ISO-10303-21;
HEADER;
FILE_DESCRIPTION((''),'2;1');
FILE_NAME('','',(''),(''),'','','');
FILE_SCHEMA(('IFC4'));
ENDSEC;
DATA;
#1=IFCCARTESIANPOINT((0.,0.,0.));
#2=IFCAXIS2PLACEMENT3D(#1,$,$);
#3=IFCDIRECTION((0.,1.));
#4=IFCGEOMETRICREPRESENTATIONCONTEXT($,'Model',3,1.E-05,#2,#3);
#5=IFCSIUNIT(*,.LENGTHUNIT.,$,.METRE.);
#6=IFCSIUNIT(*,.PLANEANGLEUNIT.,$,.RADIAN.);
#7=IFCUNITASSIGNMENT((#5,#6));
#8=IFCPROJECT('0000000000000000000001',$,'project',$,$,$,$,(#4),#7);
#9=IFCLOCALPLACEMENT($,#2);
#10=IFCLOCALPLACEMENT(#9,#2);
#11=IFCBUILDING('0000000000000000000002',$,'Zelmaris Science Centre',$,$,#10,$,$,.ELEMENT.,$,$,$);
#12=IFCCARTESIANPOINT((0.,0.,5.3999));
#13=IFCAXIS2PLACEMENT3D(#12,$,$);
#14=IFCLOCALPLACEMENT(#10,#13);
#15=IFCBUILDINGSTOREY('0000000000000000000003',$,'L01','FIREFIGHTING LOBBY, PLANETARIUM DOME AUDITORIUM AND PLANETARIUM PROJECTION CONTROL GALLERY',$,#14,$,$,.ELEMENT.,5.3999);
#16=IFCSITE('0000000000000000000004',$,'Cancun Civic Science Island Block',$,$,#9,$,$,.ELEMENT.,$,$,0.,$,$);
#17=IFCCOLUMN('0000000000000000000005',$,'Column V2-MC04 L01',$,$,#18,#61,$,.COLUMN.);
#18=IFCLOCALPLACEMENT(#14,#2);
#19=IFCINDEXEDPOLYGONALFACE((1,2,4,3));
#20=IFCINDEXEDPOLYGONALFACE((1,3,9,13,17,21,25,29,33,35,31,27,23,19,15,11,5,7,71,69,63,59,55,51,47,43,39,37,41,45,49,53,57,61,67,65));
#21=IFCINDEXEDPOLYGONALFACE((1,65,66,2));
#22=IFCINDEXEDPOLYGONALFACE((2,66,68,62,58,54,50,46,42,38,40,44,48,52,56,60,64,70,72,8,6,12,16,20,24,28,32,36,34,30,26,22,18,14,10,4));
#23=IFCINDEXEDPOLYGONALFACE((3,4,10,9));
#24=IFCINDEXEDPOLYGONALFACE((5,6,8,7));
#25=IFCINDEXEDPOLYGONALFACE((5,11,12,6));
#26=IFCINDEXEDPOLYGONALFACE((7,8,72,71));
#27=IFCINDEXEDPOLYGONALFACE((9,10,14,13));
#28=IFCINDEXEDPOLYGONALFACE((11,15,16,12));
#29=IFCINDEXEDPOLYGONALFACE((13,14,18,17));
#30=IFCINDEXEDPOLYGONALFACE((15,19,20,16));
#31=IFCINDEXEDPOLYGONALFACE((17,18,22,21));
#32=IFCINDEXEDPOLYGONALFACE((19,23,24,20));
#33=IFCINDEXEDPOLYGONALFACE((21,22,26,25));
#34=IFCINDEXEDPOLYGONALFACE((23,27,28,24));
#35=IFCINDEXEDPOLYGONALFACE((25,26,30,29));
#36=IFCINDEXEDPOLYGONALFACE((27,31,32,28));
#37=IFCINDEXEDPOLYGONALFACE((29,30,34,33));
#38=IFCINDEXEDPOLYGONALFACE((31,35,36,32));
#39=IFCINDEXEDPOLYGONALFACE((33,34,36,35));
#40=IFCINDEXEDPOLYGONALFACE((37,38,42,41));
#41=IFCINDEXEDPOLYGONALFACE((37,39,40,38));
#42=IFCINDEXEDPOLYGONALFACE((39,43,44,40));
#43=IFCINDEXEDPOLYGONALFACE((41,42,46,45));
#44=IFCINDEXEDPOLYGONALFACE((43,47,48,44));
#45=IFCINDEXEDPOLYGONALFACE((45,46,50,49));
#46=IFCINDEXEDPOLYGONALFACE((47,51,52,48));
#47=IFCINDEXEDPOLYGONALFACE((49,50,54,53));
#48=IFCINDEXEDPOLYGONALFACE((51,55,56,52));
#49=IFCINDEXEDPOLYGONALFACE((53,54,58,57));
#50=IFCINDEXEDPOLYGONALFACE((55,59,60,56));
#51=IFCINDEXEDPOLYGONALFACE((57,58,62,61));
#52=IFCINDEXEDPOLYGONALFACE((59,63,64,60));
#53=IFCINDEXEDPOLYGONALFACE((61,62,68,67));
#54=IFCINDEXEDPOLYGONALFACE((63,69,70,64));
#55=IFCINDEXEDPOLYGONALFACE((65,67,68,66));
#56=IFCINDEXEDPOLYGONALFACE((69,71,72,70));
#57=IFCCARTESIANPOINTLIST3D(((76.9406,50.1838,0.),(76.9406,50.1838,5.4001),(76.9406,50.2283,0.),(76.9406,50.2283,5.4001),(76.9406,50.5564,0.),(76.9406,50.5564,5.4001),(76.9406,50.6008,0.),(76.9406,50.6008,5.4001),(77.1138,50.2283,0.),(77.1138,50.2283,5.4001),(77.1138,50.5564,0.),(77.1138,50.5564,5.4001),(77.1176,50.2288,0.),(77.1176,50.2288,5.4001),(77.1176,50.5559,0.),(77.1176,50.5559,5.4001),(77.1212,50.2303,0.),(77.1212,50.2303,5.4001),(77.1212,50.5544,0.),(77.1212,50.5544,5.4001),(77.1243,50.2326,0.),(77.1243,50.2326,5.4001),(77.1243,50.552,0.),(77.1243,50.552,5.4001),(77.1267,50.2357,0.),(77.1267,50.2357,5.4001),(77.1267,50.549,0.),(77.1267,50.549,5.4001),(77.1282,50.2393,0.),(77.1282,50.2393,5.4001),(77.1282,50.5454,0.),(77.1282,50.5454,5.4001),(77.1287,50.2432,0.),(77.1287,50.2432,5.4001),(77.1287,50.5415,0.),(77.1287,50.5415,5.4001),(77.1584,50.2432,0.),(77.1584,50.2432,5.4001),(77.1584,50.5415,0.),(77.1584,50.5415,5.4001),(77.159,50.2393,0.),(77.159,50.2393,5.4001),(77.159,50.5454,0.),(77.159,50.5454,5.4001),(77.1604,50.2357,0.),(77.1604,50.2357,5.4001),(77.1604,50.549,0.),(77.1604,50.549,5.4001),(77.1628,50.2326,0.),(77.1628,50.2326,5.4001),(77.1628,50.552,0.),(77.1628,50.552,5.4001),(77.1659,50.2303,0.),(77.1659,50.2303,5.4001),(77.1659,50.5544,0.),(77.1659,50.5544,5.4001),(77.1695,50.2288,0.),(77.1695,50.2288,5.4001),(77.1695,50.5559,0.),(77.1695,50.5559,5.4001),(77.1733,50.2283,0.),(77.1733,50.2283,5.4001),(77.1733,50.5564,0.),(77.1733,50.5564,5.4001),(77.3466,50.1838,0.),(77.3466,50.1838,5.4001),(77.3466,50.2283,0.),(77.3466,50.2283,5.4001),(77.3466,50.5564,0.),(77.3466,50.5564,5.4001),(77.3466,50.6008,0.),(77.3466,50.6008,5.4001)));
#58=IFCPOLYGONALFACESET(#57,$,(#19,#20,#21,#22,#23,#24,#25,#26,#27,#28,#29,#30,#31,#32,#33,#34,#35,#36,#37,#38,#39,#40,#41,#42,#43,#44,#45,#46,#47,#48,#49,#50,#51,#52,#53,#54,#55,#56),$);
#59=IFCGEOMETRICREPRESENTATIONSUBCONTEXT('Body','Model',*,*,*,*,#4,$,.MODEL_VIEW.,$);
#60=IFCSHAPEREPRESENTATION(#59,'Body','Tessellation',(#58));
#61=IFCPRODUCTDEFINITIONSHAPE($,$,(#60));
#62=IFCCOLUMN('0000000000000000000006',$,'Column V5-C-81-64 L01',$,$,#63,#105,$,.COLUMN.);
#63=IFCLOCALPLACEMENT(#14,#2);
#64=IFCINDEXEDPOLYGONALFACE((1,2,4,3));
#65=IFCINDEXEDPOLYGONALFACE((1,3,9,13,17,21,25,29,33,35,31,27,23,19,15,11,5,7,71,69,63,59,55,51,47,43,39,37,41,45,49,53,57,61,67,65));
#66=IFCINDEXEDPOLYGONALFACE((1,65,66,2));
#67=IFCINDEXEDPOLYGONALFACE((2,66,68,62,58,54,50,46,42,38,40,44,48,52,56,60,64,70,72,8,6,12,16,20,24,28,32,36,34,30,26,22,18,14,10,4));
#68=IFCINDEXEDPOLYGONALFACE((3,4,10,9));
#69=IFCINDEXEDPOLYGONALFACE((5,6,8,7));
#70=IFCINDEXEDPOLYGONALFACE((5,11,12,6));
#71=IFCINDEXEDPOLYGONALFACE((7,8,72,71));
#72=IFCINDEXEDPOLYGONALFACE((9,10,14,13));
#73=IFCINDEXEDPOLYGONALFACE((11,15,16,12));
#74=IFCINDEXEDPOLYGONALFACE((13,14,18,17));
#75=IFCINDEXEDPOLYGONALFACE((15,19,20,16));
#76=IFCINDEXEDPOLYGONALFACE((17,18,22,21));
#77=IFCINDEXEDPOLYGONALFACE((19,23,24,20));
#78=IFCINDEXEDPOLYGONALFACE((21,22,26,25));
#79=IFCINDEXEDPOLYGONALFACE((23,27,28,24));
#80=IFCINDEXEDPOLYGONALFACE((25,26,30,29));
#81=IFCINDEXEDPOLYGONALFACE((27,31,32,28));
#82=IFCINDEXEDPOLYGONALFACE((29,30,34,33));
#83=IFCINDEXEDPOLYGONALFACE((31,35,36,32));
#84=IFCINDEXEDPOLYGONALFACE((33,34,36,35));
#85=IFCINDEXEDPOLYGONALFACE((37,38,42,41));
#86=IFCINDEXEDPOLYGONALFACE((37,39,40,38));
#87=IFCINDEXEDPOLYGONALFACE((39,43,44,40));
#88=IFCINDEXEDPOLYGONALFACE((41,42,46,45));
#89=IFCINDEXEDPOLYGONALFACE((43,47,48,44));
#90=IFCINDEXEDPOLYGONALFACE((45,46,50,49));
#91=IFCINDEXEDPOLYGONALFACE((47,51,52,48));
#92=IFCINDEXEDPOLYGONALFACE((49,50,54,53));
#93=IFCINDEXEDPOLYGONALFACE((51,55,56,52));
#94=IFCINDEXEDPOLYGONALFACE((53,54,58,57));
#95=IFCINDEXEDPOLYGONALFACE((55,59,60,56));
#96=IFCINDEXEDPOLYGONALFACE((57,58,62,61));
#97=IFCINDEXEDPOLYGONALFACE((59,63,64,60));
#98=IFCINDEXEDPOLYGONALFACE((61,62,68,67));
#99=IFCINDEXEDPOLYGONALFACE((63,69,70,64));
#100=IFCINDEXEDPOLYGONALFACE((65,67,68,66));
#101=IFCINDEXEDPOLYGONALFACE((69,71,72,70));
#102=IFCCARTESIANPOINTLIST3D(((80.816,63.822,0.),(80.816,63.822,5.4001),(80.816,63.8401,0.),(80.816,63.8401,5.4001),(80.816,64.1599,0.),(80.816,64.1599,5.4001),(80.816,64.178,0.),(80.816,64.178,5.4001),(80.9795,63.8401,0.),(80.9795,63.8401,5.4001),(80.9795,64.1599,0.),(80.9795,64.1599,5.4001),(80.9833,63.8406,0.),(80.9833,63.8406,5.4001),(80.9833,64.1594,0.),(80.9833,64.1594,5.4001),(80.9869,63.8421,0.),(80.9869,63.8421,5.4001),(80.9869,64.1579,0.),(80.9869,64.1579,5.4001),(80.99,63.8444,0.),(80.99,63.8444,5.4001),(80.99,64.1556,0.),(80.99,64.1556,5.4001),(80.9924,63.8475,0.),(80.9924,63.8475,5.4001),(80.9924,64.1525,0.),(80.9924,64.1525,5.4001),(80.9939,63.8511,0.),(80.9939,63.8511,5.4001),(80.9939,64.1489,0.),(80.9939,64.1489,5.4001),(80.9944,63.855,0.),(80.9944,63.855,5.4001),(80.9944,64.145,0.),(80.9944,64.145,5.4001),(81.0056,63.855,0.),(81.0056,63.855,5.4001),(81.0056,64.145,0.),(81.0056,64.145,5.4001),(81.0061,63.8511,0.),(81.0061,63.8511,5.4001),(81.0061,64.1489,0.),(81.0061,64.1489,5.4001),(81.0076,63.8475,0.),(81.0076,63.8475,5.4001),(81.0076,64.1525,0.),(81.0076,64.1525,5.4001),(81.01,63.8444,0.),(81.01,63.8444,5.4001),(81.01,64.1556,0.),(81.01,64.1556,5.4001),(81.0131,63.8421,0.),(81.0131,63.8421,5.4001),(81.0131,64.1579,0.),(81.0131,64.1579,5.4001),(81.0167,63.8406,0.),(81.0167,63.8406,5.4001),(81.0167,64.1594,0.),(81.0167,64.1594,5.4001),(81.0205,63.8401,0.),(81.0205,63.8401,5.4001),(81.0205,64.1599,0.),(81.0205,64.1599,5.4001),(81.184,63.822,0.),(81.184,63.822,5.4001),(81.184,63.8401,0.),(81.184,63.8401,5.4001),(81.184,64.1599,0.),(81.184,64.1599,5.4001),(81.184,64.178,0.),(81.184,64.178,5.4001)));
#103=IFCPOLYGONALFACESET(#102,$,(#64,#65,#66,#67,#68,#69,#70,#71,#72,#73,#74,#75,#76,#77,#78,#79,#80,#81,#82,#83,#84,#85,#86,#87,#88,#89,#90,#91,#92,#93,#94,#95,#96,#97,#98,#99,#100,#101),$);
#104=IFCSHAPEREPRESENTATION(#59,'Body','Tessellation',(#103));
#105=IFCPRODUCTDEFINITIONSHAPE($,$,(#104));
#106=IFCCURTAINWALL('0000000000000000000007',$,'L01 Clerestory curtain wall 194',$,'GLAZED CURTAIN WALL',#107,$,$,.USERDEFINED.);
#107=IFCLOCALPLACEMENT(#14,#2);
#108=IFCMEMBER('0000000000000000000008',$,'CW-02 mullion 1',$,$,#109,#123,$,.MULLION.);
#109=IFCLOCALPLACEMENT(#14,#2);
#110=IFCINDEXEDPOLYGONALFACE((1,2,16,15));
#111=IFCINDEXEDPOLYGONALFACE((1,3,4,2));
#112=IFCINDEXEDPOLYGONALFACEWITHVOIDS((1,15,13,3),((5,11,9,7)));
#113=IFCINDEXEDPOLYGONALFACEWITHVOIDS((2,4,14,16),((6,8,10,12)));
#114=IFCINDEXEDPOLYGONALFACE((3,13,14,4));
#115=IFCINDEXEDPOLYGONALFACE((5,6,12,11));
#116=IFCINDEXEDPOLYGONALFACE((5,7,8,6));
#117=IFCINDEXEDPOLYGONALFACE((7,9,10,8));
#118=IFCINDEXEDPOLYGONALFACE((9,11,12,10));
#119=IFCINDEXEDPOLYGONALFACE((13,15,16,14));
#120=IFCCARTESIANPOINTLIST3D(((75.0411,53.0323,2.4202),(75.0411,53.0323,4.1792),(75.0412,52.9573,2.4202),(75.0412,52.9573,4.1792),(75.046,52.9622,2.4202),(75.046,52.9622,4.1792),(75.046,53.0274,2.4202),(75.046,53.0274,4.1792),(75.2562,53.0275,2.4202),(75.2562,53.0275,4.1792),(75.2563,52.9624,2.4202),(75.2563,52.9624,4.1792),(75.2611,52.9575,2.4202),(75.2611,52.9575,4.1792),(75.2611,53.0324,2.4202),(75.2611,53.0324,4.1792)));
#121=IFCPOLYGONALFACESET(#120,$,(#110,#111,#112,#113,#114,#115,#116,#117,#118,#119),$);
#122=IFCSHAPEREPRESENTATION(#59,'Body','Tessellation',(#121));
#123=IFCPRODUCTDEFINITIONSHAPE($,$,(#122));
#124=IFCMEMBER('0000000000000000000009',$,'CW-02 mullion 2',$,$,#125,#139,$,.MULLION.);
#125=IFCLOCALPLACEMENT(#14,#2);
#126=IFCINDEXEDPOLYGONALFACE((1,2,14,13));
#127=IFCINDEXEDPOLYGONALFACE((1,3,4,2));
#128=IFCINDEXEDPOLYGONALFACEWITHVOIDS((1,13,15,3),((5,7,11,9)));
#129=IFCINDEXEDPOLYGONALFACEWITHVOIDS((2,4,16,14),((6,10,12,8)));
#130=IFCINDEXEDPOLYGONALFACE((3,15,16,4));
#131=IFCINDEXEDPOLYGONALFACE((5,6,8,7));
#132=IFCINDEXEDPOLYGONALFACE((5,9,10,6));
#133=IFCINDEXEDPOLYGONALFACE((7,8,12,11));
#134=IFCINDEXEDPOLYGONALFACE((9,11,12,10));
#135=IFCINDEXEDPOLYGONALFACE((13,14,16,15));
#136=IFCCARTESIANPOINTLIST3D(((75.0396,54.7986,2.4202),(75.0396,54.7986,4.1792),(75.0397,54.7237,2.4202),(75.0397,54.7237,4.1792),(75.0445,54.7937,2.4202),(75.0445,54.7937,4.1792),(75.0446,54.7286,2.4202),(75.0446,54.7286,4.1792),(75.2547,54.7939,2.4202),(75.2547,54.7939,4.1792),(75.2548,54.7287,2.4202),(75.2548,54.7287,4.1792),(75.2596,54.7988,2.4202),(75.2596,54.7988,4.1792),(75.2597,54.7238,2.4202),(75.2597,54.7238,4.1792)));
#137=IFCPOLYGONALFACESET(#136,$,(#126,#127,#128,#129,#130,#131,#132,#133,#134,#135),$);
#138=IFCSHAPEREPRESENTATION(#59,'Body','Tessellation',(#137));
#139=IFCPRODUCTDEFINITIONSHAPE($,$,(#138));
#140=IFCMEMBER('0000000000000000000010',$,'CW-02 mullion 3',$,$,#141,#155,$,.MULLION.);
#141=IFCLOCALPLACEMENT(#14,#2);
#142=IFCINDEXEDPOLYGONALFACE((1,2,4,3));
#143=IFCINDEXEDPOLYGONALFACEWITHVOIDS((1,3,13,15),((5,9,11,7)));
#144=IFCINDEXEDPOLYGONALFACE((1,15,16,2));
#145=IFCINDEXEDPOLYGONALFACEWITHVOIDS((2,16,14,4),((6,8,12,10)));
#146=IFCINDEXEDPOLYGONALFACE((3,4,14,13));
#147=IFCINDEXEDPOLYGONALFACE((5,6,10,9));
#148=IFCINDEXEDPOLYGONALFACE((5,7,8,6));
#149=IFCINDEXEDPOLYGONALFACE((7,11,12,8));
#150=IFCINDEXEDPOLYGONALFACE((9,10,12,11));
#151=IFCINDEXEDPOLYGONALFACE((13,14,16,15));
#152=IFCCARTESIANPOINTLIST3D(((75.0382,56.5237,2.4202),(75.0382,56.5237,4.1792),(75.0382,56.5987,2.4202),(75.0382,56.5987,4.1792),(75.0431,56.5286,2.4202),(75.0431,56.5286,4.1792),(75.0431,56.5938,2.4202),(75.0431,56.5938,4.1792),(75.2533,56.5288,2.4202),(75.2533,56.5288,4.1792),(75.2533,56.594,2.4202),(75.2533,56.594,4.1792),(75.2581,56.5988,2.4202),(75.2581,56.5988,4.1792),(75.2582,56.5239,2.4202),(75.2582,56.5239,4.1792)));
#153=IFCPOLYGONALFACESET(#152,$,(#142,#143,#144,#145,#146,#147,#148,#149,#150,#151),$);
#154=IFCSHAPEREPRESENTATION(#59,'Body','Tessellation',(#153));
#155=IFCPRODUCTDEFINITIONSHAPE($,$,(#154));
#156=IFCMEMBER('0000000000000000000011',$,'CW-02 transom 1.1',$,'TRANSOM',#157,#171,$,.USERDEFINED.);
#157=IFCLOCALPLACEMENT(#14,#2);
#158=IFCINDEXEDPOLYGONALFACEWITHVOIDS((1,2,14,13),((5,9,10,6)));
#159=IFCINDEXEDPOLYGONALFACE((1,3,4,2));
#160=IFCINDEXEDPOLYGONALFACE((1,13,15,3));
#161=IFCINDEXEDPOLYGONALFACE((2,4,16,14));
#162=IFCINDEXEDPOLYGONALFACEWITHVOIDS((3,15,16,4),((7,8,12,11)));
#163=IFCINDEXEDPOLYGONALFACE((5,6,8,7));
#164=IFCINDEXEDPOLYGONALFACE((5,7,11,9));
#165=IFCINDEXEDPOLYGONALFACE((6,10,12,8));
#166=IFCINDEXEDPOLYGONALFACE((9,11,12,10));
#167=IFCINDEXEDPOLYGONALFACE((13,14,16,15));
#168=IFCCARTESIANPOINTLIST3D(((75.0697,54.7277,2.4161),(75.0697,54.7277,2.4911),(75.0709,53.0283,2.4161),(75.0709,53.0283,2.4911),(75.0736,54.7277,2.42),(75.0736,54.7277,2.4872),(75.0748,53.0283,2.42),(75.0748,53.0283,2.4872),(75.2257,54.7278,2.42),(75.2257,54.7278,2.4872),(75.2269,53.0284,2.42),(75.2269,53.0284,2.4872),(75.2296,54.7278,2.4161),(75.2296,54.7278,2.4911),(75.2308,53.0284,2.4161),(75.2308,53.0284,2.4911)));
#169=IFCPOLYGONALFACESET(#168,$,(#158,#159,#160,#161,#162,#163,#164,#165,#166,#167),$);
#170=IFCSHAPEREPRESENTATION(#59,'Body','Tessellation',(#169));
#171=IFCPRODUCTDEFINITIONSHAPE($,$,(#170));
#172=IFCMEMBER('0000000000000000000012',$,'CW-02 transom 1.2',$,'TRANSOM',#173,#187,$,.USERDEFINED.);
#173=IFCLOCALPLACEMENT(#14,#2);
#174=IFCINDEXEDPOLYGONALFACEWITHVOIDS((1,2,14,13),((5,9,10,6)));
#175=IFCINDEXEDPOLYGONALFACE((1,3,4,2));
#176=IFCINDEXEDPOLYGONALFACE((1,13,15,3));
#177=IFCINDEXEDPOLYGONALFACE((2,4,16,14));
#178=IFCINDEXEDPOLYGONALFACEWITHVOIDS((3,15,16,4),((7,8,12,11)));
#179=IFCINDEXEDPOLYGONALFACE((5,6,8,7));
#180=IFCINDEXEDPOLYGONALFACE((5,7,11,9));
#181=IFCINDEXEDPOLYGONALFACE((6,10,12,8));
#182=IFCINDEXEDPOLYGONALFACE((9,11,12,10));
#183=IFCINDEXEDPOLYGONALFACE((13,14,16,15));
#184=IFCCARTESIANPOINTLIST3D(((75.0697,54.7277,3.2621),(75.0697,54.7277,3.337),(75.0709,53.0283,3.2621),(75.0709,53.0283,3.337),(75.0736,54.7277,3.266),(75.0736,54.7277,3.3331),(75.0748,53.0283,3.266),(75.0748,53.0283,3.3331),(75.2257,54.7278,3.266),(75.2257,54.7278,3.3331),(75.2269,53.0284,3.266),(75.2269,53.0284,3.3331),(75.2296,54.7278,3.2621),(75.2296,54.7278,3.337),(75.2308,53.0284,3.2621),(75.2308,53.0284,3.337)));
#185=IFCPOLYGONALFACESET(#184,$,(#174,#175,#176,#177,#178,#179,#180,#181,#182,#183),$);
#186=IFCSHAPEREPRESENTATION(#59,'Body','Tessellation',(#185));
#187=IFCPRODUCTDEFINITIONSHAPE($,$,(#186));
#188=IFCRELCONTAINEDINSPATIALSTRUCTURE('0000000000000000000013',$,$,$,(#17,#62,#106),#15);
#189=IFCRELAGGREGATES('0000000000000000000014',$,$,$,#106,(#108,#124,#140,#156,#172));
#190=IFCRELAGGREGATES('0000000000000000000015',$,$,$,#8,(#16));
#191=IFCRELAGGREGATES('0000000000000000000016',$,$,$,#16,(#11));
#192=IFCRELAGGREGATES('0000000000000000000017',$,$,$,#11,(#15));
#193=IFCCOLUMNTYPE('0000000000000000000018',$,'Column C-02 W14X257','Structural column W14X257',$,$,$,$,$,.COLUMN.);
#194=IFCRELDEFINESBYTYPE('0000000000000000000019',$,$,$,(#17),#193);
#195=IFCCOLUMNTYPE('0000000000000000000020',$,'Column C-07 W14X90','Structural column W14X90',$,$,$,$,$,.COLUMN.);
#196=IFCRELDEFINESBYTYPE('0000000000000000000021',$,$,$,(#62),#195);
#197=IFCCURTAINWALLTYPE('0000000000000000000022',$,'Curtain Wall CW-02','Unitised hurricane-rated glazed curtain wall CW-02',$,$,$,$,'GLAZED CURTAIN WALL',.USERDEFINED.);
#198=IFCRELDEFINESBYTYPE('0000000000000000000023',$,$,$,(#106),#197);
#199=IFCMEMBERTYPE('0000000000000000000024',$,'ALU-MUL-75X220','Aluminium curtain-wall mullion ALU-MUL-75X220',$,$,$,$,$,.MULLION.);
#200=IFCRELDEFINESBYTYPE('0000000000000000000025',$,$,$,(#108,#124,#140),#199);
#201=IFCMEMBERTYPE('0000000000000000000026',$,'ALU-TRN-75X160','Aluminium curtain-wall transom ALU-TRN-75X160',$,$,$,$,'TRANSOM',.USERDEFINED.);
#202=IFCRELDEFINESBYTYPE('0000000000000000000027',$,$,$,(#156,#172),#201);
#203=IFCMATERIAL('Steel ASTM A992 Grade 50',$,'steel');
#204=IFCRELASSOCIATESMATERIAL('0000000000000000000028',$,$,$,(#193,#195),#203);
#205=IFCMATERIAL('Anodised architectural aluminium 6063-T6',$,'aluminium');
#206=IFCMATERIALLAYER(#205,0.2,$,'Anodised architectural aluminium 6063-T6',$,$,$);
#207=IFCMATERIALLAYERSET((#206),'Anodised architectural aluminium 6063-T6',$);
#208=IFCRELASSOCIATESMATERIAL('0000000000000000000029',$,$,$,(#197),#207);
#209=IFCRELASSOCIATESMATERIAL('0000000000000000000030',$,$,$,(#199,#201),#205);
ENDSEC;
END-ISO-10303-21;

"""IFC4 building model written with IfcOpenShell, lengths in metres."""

from ifc_helpers import new_model, si_unit, direction, frame, origin, origin_2d, place, context, subcontext, project, spatial, hollow_rectangle, i_section, extrude, material, layer, layer_set, material_profile, profile_set, type_object, element, aggregate, save


model = new_model("IFC4")

# Units and contexts
model_context = context("Model", 3, precision=1e-05, world=origin(), true_north=direction((0.0, 1.0)))
body_context = subcontext(model_context, "Body", "Model", "MODEL_VIEW")
ifc_project = project(units=[si_unit("LENGTHUNIT", "METRE"), si_unit("PLANEANGLEUNIT", "RADIAN")], contexts=[model_context])

# Site, building, storey
site_placement = place(None, origin())
site = spatial("IfcSite", under=ifc_project, at=site_placement, Name="Cancun Civic Science Island Block", CompositionType="ELEMENT", RefElevation=0.0)
building_placement = place(site_placement, origin())
building = spatial("IfcBuilding", under=site, at=building_placement, Name="Zelmaris Science Centre", CompositionType="ELEMENT")
storey_placement = place(building_placement, frame((0.0, 0.0, 5.3999)))
storey = spatial("IfcBuildingStorey", under=building, at=storey_placement, Name="L01", Description="FIREFIGHTING LOBBY, PLANETARIUM DOME AUDITORIUM AND PLANETARIUM PROJECTION CONTROL GALLERY", CompositionType="ELEMENT", Elevation=5.3999)

# Columns
ifc_material_1 = material(Name="Steel ASTM A992 Grade 50", Category="steel")
ifc_material_profile_1 = material_profile(ifc_material_1, i_section(OverallWidth=0.406, OverallDepth=0.417, WebThickness=0.0298, FlangeThickness=0.0444, FilletRadius=0.0149, at=origin_2d()), Name="W14X257")
ifc_profile_set_1 = profile_set([ifc_material_profile_1], Name="Steel ASTM A992 Grade 50")
column_type_1 = type_object("IfcColumnType", Name="Column C-02 W14X257", Description="Structural column W14X257", PredefinedType="COLUMN", material=ifc_profile_set_1)
column_1_placement = place(storey_placement, frame((77.1436, 50.3923, 0.0), z_axis=(0.0, 0.0, 1.0), x_axis=(1.0, 0.0, 0.0)))
element("IfcColumn", 1, at=column_1_placement, inside=storey, type_object=column_type_1, Name="Column V2-MC04 L01", PredefinedType="COLUMN", context=body_context, shape_type="SweptSolid", body=[
    extrude(i_section(OverallWidth=0.406, OverallDepth=0.417, WebThickness=0.0298, FlangeThickness=0.0444, FilletRadius=0.0149, at=origin_2d()), origin(), (0.0, 0.0, 1.0), 5.4001),
])
ifc_material_profile_2 = material_profile(ifc_material_1, i_section(OverallWidth=0.3679, OverallDepth=0.356, WebThickness=0.0112, FlangeThickness=0.0181, FilletRadius=0.0149, at=origin_2d()), Name="W14X90")
ifc_profile_set_2 = profile_set([ifc_material_profile_2], Name="Steel ASTM A992 Grade 50")
column_type_2 = type_object("IfcColumnType", Name="Column C-07 W14X90", Description="Structural column W14X90", PredefinedType="COLUMN", material=ifc_profile_set_2)
column_2_placement = place(storey_placement, frame((81.0, 64.0, 0.0), z_axis=(0.0, 0.0, 1.0), x_axis=(1.0, 0.0, 0.0)))
element("IfcColumn", 2, at=column_2_placement, inside=storey, type_object=column_type_2, Name="Column V5-C-81-64 L01", PredefinedType="COLUMN", context=body_context, shape_type="SweptSolid", body=[
    extrude(i_section(OverallWidth=0.3679, OverallDepth=0.356, WebThickness=0.0112, FlangeThickness=0.0181, FilletRadius=0.0149, at=origin_2d()), origin(), (0.0, 0.0, 1.0), 5.4001),
])

# Curtain wall, members
ifc_material_2 = material(Name="Anodised architectural aluminium 6063-T6", Category="aluminium")
ifc_layer_1 = layer(ifc_material_2, 0.2, Name="Anodised architectural aluminium 6063-T6")
ifc_layer_set_1 = layer_set([ifc_layer_1], Name="Anodised architectural aluminium 6063-T6")
curtain_wall_type = type_object("IfcCurtainWallType", Name="Curtain Wall CW-02", Description="Unitised hurricane-rated glazed curtain wall CW-02", ElementType="GLAZED CURTAIN WALL", PredefinedType="USERDEFINED", material=ifc_layer_set_1)
curtain_wall_placement = place(storey_placement, origin())
curtain_wall = element("IfcCurtainWall", 3, at=curtain_wall_placement, inside=storey, type_object=curtain_wall_type, Name="L01 Clerestory curtain wall 194", ObjectType="GLAZED CURTAIN WALL", PredefinedType="USERDEFINED")
ifc_material_profile_3 = material_profile(ifc_material_2, hollow_rectangle(XDim=0.075, YDim=0.22, WallThickness=0.0049, at=origin_2d()), Name="ALU-MUL-75X220")
ifc_profile_set_3 = profile_set([ifc_material_profile_3], Name="Anodised architectural aluminium 6063-T6")
member_type_1 = type_object("IfcMemberType", Name="ALU-MUL-75X220", Description="Aluminium curtain-wall mullion ALU-MUL-75X220", PredefinedType="MULLION", material=ifc_profile_set_3)
member_1_placement = place(storey_placement, frame((75.1511, 52.9949, 2.4202), z_axis=(0.0, 0.0, 1.0), x_axis=(-0.000778, 1.0, 0.0)))
member_1 = element("IfcMember", 4, at=member_1_placement, type_object=member_type_1, Name="CW-02 mullion 1", PredefinedType="MULLION", context=body_context, shape_type="SweptSolid", body=[
    extrude(hollow_rectangle(XDim=0.075, YDim=0.22, WallThickness=0.0049, at=origin_2d()), origin(), (0.0, 0.0, 1.0), 1.759),
])
member_2_placement = place(storey_placement, frame((75.1497, 54.7612, 2.4202), z_axis=(0.0, 0.0, 1.0), x_axis=(-0.000778, 1.0, 0.0)))
member_2 = element("IfcMember", 5, at=member_2_placement, type_object=member_type_1, Name="CW-02 mullion 2", PredefinedType="MULLION", context=body_context, shape_type="SweptSolid", body=[
    extrude(hollow_rectangle(XDim=0.075, YDim=0.22, WallThickness=0.0049, at=origin_2d()), origin(), (0.0, 0.0, 1.0), 1.759),
])
member_3_placement = place(storey_placement, frame((75.1482, 56.5613, 2.4202), z_axis=(0.0, 0.0, 1.0), x_axis=(-0.000778, 1.0, 0.0)))
member_3 = element("IfcMember", 6, at=member_3_placement, type_object=member_type_1, Name="CW-02 mullion 3", PredefinedType="MULLION", context=body_context, shape_type="SweptSolid", body=[
    extrude(hollow_rectangle(XDim=0.075, YDim=0.22, WallThickness=0.0049, at=origin_2d()), origin(), (0.0, 0.0, 1.0), 1.759),
])
ifc_material_profile_4 = material_profile(ifc_material_2, hollow_rectangle(XDim=0.075, YDim=0.1599, WallThickness=0.0039, at=origin_2d()), Name="ALU-TRN-75X160")
ifc_profile_set_4 = profile_set([ifc_material_profile_4], Name="Anodised architectural aluminium 6063-T6")
member_type_2 = type_object("IfcMemberType", Name="ALU-TRN-75X160", Description="Aluminium curtain-wall transom ALU-TRN-75X160", ElementType="TRANSOM", PredefinedType="USERDEFINED", material=ifc_profile_set_4)
member_4_placement = place(storey_placement, frame((75.1509, 53.0283, 2.4536), z_axis=(-0.000718, 1.0, 0.0), x_axis=(0.0, 0.0, 1.0)))
member_4 = element("IfcMember", 7, at=member_4_placement, type_object=member_type_2, Name="CW-02 transom 1.1", ObjectType="TRANSOM", PredefinedType="USERDEFINED", context=body_context, shape_type="SweptSolid", body=[
    extrude(hollow_rectangle(XDim=0.075, YDim=0.1599, WallThickness=0.0039, at=origin_2d()), origin(), (0.0, 0.0, 1.0), 1.6995),
])
member_5_placement = place(storey_placement, frame((75.1509, 53.0283, 3.2996), z_axis=(-0.000718, 1.0, 0.0), x_axis=(0.0, 0.0, 1.0)))
member_5 = element("IfcMember", 8, at=member_5_placement, type_object=member_type_2, Name="CW-02 transom 1.2", ObjectType="TRANSOM", PredefinedType="USERDEFINED", context=body_context, shape_type="SweptSolid", body=[
    extrude(hollow_rectangle(XDim=0.075, YDim=0.1599, WallThickness=0.0039, at=origin_2d()), origin(), (0.0, 0.0, 1.0), 1.6995),
])

aggregate(curtain_wall, [member_1, member_2, member_3, member_4, member_5])

save(model, "model.ifc")
